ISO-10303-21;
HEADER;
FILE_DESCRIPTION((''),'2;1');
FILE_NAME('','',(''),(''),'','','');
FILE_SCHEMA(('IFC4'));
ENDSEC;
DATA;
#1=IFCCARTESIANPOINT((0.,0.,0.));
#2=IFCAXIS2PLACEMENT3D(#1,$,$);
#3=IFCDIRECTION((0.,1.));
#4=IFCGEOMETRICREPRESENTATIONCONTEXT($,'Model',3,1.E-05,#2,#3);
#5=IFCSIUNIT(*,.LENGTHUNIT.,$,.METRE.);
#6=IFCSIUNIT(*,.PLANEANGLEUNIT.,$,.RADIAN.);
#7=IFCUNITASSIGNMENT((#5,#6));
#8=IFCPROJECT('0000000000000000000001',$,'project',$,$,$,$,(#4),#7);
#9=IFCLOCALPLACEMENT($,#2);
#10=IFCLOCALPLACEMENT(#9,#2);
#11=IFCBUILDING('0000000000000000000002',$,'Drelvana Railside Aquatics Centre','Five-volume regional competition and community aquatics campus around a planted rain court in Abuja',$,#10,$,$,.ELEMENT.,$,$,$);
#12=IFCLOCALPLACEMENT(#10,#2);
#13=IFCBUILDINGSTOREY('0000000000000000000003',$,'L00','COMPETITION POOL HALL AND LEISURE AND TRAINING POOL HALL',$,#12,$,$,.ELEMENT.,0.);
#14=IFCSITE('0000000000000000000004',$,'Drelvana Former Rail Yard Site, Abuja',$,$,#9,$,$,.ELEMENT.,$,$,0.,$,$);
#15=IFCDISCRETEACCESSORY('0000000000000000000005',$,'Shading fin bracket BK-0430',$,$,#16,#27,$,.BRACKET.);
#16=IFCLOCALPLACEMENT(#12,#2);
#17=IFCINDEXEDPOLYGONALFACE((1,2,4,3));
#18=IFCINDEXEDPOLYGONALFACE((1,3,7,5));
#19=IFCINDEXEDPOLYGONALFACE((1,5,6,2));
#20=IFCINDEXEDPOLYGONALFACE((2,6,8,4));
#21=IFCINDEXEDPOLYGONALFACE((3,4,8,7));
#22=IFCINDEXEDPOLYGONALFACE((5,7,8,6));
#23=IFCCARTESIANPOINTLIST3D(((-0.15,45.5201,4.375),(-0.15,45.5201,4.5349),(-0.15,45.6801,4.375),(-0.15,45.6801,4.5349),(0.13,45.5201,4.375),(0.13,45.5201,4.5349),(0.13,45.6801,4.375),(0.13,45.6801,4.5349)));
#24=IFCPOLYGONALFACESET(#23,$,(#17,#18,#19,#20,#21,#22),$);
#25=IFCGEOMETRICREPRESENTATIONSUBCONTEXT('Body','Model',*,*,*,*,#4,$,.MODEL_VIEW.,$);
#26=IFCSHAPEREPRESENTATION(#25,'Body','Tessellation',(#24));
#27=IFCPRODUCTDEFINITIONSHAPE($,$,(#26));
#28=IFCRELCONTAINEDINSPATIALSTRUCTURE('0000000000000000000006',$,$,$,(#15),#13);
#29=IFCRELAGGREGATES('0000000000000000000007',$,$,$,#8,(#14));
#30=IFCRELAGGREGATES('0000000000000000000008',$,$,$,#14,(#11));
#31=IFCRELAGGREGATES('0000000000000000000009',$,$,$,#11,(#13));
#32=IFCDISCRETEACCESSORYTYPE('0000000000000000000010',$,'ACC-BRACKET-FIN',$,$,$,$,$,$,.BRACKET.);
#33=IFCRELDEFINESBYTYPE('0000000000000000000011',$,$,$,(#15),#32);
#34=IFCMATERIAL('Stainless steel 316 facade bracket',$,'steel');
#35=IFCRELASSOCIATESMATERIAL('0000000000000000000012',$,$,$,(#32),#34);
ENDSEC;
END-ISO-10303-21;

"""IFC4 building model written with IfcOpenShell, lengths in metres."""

from ifc_helpers import new_model, si_unit, direction, frame, origin, origin_2d, place, context, subcontext, project, spatial, rectangle, extrude, material, type_object, element, save


model = new_model("IFC4")

# Units and contexts
model_context = context("Model", 3, precision=1e-05, world=origin(), true_north=direction((0.0, 1.0)))
body_context = subcontext(model_context, "Body", "Model", "MODEL_VIEW")
ifc_project = project(units=[si_unit("LENGTHUNIT", "METRE"), si_unit("PLANEANGLEUNIT", "RADIAN")], contexts=[model_context])

# Site, building, storey
site_placement = place(None, origin())
site = spatial("IfcSite", under=ifc_project, at=site_placement, Name="Drelvana Former Rail Yard Site, Abuja", CompositionType="ELEMENT", RefElevation=0.0)
building_placement = place(site_placement, origin())
building = spatial("IfcBuilding", under=site, at=building_placement, Name="Drelvana Railside Aquatics Centre", Description="Five-volume regional competition and community aquatics campus around a planted rain court in Abuja", CompositionType="ELEMENT")
storey_placement = place(building_placement, origin())
storey = spatial("IfcBuildingStorey", under=building, at=storey_placement, Name="L00", Description="COMPETITION POOL HALL AND LEISURE AND TRAINING POOL HALL", CompositionType="ELEMENT", Elevation=0.0)

# Discrete accessory
ifc_material_1 = material(Name="Stainless steel 316 facade bracket", Category="steel")
discrete_accessory_type = type_object("IfcDiscreteAccessoryType", Name="ACC-BRACKET-FIN", PredefinedType="BRACKET", material=ifc_material_1)
for number, where, z_axis, x_axis, name in (
    (1, (-0.01, 45.6001, 4.375), (0.0, 0.0, 1.0), (-1.0, 0.0, 0.0), "Shading fin bracket BK-0430"),
):
    element("IfcDiscreteAccessory", number, at=place(storey_placement, frame(where, z_axis=z_axis, x_axis=x_axis)), inside=storey, type_object=discrete_accessory_type, Name=name, PredefinedType="BRACKET", context=body_context, shape_type="SweptSolid", body=[
        extrude(rectangle(XDim=0.28, YDim=0.1599, at=origin_2d()), origin(), (0.0, 0.0, 1.0), 0.1599),
    ])

save(model, "model.ifc")
